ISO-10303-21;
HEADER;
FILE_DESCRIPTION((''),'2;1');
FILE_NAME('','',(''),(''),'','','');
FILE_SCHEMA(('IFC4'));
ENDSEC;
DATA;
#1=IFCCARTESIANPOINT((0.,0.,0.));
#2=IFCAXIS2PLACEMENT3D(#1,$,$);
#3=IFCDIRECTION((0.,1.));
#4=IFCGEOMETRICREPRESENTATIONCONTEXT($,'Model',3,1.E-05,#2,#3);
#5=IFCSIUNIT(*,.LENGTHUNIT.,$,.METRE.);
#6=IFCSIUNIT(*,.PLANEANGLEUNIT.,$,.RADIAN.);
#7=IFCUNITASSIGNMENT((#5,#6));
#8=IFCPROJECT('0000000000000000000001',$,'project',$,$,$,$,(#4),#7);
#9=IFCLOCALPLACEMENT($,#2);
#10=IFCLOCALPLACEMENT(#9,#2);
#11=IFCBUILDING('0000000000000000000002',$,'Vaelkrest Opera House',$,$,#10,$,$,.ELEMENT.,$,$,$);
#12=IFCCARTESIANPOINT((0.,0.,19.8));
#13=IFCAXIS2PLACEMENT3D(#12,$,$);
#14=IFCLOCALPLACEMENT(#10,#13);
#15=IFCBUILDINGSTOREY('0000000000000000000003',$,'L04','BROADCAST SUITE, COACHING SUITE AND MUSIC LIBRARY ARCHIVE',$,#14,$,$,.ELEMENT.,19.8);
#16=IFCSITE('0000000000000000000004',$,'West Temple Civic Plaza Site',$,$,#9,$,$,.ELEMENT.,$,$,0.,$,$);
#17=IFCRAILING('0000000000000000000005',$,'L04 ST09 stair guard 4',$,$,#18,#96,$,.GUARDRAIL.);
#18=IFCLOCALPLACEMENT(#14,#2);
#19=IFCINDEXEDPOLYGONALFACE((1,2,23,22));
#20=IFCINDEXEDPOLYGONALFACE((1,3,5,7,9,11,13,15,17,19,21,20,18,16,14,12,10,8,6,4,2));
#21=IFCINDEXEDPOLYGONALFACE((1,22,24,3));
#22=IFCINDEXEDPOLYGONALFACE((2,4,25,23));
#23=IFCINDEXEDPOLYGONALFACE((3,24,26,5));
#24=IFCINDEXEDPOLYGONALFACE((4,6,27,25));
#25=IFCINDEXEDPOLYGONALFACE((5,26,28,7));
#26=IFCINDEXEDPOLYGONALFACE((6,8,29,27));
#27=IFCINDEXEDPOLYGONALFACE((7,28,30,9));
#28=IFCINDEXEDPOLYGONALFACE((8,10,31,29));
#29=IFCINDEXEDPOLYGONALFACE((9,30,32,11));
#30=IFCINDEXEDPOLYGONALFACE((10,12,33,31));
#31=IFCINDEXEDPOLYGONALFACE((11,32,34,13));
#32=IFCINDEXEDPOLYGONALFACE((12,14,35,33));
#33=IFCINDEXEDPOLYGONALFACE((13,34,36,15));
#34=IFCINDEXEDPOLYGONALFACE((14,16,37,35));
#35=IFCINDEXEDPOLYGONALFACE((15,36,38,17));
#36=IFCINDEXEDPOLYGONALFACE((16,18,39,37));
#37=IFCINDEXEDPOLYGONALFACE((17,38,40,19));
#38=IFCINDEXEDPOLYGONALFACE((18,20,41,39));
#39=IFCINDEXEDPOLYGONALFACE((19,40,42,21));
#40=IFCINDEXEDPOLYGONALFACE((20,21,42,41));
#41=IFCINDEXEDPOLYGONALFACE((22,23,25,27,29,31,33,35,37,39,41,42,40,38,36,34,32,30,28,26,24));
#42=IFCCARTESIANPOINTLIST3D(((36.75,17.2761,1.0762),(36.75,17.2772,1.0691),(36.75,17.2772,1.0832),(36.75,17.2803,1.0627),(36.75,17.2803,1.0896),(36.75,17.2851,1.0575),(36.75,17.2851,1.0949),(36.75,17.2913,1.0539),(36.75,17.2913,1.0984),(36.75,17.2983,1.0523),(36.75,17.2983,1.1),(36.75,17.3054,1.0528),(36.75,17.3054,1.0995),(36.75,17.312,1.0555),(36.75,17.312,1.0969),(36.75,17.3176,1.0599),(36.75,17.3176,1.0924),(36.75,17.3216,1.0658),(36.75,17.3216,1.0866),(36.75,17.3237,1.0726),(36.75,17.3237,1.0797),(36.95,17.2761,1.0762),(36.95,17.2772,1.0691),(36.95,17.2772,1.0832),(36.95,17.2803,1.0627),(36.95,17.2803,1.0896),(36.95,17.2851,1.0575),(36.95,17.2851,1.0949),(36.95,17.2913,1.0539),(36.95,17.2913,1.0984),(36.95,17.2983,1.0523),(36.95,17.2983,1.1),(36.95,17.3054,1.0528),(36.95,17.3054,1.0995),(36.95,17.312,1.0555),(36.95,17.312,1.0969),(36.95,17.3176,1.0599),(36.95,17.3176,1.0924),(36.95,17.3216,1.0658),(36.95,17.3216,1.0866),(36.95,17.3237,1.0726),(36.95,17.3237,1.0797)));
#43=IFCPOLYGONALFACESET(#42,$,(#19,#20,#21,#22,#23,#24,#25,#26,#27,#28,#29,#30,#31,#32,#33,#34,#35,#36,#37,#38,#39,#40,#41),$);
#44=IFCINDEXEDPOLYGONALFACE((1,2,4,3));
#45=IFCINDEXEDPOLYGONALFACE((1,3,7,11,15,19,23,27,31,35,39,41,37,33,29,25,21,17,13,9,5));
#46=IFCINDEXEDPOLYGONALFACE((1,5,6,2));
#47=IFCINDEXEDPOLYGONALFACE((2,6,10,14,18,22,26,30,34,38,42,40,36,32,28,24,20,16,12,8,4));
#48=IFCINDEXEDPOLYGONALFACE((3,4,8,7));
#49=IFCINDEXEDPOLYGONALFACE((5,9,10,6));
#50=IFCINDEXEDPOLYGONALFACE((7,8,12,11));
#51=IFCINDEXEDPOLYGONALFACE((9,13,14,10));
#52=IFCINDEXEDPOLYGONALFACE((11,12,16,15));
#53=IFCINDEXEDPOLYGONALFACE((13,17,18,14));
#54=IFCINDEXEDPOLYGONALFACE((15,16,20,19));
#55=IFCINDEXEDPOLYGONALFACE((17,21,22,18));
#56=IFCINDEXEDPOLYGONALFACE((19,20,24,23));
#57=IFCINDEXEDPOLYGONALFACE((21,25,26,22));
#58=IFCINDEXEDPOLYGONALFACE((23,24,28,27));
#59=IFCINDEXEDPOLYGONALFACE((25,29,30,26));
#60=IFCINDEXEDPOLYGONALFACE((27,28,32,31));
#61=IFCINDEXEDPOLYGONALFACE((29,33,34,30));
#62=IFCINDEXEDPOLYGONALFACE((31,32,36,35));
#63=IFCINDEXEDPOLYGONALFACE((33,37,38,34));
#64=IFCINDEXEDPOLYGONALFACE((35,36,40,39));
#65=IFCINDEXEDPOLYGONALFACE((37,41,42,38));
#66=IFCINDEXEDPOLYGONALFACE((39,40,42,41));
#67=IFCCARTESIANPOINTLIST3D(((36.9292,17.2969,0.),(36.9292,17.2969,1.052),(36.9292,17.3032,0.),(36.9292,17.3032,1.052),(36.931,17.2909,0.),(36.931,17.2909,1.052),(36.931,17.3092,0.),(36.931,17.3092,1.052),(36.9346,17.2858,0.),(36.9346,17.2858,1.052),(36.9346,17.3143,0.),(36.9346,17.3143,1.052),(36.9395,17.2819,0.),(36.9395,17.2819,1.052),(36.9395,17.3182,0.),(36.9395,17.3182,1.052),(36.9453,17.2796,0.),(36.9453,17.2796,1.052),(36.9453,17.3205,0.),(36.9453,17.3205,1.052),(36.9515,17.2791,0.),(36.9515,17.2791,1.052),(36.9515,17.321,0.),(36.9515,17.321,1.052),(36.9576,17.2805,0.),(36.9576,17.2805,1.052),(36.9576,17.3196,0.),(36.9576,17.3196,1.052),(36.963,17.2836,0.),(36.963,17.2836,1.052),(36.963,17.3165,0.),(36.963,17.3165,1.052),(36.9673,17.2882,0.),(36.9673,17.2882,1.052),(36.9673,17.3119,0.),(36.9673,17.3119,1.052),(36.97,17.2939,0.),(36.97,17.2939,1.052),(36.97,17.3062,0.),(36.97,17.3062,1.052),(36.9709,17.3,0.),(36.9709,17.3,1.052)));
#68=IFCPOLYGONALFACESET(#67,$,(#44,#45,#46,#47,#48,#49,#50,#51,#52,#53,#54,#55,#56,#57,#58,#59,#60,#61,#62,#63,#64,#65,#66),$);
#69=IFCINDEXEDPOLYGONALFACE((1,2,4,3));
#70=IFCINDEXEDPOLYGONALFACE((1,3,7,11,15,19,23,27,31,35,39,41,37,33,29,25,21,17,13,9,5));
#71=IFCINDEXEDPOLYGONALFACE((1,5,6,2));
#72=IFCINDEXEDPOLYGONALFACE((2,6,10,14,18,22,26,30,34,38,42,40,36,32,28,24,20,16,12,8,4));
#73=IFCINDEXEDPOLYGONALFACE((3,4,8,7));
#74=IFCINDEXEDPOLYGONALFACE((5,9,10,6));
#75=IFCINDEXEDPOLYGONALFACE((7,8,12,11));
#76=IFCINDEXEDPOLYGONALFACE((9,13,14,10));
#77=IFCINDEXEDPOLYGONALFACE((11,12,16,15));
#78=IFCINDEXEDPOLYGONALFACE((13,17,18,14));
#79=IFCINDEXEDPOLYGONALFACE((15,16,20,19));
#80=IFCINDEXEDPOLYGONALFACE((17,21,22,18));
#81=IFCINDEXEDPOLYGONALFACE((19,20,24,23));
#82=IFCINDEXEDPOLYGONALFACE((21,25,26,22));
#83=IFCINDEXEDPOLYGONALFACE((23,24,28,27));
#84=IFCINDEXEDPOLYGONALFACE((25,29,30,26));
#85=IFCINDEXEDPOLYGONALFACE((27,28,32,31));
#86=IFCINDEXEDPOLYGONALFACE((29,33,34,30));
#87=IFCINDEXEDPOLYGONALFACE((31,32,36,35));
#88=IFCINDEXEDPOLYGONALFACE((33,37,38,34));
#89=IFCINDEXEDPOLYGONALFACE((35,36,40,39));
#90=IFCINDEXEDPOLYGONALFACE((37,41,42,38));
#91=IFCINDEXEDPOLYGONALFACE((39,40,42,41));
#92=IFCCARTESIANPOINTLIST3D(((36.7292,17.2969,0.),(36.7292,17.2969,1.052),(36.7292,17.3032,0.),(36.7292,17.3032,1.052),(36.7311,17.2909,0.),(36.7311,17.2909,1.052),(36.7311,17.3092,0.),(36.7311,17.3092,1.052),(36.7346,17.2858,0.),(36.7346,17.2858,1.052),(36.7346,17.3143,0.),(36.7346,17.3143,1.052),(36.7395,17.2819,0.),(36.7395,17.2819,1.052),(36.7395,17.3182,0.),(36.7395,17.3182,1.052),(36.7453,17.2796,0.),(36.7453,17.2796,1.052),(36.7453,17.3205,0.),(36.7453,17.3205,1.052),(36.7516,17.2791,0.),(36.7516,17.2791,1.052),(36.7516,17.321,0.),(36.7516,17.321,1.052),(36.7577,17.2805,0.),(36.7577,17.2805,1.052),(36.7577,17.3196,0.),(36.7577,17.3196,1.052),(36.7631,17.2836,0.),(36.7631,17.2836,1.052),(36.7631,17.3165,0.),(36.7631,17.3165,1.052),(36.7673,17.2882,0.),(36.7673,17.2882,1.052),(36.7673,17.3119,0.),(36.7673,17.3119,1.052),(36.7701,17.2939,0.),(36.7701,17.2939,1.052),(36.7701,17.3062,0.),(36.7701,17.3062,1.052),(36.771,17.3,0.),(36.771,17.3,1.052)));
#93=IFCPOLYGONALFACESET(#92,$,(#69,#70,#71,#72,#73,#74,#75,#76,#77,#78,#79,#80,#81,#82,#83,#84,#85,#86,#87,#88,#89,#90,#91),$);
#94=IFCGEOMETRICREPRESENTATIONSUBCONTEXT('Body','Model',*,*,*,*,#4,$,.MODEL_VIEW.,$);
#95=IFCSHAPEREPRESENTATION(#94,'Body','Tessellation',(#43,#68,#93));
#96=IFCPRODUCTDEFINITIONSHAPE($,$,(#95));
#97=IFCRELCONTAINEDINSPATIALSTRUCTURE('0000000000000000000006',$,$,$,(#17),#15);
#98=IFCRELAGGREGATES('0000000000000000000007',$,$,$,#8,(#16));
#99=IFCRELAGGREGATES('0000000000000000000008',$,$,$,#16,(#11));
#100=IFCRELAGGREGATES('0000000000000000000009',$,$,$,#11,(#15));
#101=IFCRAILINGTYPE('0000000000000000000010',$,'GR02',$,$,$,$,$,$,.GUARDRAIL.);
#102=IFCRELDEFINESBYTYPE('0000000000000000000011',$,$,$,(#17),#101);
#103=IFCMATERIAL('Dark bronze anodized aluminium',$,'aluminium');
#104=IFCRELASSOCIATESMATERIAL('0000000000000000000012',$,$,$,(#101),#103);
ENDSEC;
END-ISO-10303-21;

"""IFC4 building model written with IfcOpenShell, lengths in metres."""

from ifc_helpers import new_model, si_unit, direction, frame, origin, origin_2d, place, context, subcontext, project, spatial, circle, extrude, material, type_object, element, save


model = new_model("IFC4")

# Units and contexts
model_context = context("Model", 3, precision=1e-05, world=origin(), true_north=direction((0.0, 1.0)))
body_context = subcontext(model_context, "Body", "Model", "MODEL_VIEW")
ifc_project = project(units=[si_unit("LENGTHUNIT", "METRE"), si_unit("PLANEANGLEUNIT", "RADIAN")], contexts=[model_context])

# Site, building, storey
site_placement = place(None, origin())
site = spatial("IfcSite", under=ifc_project, at=site_placement, Name="West Temple Civic Plaza Site", CompositionType="ELEMENT", RefElevation=0.0)
building_placement = place(site_placement, origin())
building = spatial("IfcBuilding", under=site, at=building_placement, Name="Vaelkrest Opera House", CompositionType="ELEMENT")
storey_placement = place(building_placement, frame((0.0, 0.0, 19.8)))
storey = spatial("IfcBuildingStorey", under=building, at=storey_placement, Name="L04", Description="BROADCAST SUITE, COACHING SUITE AND MUSIC LIBRARY ARCHIVE", CompositionType="ELEMENT", Elevation=19.8)

# Shared definitions
ifc_material_1 = material(Name="Dark bronze anodized aluminium", Category="aluminium")

# Railing
railing_type = type_object("IfcRailingType", Name="GR02", PredefinedType="GUARDRAIL", material=ifc_material_1)
railing_placement = place(storey_placement, frame((36.95, 17.3, 0.0)))
element("IfcRailing", 1, at=railing_placement, inside=storey, type_object=railing_type, Name="L04 ST09 stair guard 4", PredefinedType="GUARDRAIL", context=body_context, shape_type="SweptSolid", body=[
    extrude(circle(Radius=0.0239, at=origin_2d()), frame((0.0, 0.0, 1.0762), z_axis=(-1.0, 0.0, 0.0), x_axis=(0.0, -1.0, 0.0)), (0.0, 0.0, 1.0), 0.2),
    extrude(circle(Radius=0.021, at=origin_2d()), origin(), (0.0, 0.0, 1.0), 1.052),
    extrude(circle(Radius=0.021, at=origin_2d()), frame((-0.2, 0.0, 0.0)), (0.0, 0.0, 1.0), 1.052),
])

save(model, "model.ifc")
